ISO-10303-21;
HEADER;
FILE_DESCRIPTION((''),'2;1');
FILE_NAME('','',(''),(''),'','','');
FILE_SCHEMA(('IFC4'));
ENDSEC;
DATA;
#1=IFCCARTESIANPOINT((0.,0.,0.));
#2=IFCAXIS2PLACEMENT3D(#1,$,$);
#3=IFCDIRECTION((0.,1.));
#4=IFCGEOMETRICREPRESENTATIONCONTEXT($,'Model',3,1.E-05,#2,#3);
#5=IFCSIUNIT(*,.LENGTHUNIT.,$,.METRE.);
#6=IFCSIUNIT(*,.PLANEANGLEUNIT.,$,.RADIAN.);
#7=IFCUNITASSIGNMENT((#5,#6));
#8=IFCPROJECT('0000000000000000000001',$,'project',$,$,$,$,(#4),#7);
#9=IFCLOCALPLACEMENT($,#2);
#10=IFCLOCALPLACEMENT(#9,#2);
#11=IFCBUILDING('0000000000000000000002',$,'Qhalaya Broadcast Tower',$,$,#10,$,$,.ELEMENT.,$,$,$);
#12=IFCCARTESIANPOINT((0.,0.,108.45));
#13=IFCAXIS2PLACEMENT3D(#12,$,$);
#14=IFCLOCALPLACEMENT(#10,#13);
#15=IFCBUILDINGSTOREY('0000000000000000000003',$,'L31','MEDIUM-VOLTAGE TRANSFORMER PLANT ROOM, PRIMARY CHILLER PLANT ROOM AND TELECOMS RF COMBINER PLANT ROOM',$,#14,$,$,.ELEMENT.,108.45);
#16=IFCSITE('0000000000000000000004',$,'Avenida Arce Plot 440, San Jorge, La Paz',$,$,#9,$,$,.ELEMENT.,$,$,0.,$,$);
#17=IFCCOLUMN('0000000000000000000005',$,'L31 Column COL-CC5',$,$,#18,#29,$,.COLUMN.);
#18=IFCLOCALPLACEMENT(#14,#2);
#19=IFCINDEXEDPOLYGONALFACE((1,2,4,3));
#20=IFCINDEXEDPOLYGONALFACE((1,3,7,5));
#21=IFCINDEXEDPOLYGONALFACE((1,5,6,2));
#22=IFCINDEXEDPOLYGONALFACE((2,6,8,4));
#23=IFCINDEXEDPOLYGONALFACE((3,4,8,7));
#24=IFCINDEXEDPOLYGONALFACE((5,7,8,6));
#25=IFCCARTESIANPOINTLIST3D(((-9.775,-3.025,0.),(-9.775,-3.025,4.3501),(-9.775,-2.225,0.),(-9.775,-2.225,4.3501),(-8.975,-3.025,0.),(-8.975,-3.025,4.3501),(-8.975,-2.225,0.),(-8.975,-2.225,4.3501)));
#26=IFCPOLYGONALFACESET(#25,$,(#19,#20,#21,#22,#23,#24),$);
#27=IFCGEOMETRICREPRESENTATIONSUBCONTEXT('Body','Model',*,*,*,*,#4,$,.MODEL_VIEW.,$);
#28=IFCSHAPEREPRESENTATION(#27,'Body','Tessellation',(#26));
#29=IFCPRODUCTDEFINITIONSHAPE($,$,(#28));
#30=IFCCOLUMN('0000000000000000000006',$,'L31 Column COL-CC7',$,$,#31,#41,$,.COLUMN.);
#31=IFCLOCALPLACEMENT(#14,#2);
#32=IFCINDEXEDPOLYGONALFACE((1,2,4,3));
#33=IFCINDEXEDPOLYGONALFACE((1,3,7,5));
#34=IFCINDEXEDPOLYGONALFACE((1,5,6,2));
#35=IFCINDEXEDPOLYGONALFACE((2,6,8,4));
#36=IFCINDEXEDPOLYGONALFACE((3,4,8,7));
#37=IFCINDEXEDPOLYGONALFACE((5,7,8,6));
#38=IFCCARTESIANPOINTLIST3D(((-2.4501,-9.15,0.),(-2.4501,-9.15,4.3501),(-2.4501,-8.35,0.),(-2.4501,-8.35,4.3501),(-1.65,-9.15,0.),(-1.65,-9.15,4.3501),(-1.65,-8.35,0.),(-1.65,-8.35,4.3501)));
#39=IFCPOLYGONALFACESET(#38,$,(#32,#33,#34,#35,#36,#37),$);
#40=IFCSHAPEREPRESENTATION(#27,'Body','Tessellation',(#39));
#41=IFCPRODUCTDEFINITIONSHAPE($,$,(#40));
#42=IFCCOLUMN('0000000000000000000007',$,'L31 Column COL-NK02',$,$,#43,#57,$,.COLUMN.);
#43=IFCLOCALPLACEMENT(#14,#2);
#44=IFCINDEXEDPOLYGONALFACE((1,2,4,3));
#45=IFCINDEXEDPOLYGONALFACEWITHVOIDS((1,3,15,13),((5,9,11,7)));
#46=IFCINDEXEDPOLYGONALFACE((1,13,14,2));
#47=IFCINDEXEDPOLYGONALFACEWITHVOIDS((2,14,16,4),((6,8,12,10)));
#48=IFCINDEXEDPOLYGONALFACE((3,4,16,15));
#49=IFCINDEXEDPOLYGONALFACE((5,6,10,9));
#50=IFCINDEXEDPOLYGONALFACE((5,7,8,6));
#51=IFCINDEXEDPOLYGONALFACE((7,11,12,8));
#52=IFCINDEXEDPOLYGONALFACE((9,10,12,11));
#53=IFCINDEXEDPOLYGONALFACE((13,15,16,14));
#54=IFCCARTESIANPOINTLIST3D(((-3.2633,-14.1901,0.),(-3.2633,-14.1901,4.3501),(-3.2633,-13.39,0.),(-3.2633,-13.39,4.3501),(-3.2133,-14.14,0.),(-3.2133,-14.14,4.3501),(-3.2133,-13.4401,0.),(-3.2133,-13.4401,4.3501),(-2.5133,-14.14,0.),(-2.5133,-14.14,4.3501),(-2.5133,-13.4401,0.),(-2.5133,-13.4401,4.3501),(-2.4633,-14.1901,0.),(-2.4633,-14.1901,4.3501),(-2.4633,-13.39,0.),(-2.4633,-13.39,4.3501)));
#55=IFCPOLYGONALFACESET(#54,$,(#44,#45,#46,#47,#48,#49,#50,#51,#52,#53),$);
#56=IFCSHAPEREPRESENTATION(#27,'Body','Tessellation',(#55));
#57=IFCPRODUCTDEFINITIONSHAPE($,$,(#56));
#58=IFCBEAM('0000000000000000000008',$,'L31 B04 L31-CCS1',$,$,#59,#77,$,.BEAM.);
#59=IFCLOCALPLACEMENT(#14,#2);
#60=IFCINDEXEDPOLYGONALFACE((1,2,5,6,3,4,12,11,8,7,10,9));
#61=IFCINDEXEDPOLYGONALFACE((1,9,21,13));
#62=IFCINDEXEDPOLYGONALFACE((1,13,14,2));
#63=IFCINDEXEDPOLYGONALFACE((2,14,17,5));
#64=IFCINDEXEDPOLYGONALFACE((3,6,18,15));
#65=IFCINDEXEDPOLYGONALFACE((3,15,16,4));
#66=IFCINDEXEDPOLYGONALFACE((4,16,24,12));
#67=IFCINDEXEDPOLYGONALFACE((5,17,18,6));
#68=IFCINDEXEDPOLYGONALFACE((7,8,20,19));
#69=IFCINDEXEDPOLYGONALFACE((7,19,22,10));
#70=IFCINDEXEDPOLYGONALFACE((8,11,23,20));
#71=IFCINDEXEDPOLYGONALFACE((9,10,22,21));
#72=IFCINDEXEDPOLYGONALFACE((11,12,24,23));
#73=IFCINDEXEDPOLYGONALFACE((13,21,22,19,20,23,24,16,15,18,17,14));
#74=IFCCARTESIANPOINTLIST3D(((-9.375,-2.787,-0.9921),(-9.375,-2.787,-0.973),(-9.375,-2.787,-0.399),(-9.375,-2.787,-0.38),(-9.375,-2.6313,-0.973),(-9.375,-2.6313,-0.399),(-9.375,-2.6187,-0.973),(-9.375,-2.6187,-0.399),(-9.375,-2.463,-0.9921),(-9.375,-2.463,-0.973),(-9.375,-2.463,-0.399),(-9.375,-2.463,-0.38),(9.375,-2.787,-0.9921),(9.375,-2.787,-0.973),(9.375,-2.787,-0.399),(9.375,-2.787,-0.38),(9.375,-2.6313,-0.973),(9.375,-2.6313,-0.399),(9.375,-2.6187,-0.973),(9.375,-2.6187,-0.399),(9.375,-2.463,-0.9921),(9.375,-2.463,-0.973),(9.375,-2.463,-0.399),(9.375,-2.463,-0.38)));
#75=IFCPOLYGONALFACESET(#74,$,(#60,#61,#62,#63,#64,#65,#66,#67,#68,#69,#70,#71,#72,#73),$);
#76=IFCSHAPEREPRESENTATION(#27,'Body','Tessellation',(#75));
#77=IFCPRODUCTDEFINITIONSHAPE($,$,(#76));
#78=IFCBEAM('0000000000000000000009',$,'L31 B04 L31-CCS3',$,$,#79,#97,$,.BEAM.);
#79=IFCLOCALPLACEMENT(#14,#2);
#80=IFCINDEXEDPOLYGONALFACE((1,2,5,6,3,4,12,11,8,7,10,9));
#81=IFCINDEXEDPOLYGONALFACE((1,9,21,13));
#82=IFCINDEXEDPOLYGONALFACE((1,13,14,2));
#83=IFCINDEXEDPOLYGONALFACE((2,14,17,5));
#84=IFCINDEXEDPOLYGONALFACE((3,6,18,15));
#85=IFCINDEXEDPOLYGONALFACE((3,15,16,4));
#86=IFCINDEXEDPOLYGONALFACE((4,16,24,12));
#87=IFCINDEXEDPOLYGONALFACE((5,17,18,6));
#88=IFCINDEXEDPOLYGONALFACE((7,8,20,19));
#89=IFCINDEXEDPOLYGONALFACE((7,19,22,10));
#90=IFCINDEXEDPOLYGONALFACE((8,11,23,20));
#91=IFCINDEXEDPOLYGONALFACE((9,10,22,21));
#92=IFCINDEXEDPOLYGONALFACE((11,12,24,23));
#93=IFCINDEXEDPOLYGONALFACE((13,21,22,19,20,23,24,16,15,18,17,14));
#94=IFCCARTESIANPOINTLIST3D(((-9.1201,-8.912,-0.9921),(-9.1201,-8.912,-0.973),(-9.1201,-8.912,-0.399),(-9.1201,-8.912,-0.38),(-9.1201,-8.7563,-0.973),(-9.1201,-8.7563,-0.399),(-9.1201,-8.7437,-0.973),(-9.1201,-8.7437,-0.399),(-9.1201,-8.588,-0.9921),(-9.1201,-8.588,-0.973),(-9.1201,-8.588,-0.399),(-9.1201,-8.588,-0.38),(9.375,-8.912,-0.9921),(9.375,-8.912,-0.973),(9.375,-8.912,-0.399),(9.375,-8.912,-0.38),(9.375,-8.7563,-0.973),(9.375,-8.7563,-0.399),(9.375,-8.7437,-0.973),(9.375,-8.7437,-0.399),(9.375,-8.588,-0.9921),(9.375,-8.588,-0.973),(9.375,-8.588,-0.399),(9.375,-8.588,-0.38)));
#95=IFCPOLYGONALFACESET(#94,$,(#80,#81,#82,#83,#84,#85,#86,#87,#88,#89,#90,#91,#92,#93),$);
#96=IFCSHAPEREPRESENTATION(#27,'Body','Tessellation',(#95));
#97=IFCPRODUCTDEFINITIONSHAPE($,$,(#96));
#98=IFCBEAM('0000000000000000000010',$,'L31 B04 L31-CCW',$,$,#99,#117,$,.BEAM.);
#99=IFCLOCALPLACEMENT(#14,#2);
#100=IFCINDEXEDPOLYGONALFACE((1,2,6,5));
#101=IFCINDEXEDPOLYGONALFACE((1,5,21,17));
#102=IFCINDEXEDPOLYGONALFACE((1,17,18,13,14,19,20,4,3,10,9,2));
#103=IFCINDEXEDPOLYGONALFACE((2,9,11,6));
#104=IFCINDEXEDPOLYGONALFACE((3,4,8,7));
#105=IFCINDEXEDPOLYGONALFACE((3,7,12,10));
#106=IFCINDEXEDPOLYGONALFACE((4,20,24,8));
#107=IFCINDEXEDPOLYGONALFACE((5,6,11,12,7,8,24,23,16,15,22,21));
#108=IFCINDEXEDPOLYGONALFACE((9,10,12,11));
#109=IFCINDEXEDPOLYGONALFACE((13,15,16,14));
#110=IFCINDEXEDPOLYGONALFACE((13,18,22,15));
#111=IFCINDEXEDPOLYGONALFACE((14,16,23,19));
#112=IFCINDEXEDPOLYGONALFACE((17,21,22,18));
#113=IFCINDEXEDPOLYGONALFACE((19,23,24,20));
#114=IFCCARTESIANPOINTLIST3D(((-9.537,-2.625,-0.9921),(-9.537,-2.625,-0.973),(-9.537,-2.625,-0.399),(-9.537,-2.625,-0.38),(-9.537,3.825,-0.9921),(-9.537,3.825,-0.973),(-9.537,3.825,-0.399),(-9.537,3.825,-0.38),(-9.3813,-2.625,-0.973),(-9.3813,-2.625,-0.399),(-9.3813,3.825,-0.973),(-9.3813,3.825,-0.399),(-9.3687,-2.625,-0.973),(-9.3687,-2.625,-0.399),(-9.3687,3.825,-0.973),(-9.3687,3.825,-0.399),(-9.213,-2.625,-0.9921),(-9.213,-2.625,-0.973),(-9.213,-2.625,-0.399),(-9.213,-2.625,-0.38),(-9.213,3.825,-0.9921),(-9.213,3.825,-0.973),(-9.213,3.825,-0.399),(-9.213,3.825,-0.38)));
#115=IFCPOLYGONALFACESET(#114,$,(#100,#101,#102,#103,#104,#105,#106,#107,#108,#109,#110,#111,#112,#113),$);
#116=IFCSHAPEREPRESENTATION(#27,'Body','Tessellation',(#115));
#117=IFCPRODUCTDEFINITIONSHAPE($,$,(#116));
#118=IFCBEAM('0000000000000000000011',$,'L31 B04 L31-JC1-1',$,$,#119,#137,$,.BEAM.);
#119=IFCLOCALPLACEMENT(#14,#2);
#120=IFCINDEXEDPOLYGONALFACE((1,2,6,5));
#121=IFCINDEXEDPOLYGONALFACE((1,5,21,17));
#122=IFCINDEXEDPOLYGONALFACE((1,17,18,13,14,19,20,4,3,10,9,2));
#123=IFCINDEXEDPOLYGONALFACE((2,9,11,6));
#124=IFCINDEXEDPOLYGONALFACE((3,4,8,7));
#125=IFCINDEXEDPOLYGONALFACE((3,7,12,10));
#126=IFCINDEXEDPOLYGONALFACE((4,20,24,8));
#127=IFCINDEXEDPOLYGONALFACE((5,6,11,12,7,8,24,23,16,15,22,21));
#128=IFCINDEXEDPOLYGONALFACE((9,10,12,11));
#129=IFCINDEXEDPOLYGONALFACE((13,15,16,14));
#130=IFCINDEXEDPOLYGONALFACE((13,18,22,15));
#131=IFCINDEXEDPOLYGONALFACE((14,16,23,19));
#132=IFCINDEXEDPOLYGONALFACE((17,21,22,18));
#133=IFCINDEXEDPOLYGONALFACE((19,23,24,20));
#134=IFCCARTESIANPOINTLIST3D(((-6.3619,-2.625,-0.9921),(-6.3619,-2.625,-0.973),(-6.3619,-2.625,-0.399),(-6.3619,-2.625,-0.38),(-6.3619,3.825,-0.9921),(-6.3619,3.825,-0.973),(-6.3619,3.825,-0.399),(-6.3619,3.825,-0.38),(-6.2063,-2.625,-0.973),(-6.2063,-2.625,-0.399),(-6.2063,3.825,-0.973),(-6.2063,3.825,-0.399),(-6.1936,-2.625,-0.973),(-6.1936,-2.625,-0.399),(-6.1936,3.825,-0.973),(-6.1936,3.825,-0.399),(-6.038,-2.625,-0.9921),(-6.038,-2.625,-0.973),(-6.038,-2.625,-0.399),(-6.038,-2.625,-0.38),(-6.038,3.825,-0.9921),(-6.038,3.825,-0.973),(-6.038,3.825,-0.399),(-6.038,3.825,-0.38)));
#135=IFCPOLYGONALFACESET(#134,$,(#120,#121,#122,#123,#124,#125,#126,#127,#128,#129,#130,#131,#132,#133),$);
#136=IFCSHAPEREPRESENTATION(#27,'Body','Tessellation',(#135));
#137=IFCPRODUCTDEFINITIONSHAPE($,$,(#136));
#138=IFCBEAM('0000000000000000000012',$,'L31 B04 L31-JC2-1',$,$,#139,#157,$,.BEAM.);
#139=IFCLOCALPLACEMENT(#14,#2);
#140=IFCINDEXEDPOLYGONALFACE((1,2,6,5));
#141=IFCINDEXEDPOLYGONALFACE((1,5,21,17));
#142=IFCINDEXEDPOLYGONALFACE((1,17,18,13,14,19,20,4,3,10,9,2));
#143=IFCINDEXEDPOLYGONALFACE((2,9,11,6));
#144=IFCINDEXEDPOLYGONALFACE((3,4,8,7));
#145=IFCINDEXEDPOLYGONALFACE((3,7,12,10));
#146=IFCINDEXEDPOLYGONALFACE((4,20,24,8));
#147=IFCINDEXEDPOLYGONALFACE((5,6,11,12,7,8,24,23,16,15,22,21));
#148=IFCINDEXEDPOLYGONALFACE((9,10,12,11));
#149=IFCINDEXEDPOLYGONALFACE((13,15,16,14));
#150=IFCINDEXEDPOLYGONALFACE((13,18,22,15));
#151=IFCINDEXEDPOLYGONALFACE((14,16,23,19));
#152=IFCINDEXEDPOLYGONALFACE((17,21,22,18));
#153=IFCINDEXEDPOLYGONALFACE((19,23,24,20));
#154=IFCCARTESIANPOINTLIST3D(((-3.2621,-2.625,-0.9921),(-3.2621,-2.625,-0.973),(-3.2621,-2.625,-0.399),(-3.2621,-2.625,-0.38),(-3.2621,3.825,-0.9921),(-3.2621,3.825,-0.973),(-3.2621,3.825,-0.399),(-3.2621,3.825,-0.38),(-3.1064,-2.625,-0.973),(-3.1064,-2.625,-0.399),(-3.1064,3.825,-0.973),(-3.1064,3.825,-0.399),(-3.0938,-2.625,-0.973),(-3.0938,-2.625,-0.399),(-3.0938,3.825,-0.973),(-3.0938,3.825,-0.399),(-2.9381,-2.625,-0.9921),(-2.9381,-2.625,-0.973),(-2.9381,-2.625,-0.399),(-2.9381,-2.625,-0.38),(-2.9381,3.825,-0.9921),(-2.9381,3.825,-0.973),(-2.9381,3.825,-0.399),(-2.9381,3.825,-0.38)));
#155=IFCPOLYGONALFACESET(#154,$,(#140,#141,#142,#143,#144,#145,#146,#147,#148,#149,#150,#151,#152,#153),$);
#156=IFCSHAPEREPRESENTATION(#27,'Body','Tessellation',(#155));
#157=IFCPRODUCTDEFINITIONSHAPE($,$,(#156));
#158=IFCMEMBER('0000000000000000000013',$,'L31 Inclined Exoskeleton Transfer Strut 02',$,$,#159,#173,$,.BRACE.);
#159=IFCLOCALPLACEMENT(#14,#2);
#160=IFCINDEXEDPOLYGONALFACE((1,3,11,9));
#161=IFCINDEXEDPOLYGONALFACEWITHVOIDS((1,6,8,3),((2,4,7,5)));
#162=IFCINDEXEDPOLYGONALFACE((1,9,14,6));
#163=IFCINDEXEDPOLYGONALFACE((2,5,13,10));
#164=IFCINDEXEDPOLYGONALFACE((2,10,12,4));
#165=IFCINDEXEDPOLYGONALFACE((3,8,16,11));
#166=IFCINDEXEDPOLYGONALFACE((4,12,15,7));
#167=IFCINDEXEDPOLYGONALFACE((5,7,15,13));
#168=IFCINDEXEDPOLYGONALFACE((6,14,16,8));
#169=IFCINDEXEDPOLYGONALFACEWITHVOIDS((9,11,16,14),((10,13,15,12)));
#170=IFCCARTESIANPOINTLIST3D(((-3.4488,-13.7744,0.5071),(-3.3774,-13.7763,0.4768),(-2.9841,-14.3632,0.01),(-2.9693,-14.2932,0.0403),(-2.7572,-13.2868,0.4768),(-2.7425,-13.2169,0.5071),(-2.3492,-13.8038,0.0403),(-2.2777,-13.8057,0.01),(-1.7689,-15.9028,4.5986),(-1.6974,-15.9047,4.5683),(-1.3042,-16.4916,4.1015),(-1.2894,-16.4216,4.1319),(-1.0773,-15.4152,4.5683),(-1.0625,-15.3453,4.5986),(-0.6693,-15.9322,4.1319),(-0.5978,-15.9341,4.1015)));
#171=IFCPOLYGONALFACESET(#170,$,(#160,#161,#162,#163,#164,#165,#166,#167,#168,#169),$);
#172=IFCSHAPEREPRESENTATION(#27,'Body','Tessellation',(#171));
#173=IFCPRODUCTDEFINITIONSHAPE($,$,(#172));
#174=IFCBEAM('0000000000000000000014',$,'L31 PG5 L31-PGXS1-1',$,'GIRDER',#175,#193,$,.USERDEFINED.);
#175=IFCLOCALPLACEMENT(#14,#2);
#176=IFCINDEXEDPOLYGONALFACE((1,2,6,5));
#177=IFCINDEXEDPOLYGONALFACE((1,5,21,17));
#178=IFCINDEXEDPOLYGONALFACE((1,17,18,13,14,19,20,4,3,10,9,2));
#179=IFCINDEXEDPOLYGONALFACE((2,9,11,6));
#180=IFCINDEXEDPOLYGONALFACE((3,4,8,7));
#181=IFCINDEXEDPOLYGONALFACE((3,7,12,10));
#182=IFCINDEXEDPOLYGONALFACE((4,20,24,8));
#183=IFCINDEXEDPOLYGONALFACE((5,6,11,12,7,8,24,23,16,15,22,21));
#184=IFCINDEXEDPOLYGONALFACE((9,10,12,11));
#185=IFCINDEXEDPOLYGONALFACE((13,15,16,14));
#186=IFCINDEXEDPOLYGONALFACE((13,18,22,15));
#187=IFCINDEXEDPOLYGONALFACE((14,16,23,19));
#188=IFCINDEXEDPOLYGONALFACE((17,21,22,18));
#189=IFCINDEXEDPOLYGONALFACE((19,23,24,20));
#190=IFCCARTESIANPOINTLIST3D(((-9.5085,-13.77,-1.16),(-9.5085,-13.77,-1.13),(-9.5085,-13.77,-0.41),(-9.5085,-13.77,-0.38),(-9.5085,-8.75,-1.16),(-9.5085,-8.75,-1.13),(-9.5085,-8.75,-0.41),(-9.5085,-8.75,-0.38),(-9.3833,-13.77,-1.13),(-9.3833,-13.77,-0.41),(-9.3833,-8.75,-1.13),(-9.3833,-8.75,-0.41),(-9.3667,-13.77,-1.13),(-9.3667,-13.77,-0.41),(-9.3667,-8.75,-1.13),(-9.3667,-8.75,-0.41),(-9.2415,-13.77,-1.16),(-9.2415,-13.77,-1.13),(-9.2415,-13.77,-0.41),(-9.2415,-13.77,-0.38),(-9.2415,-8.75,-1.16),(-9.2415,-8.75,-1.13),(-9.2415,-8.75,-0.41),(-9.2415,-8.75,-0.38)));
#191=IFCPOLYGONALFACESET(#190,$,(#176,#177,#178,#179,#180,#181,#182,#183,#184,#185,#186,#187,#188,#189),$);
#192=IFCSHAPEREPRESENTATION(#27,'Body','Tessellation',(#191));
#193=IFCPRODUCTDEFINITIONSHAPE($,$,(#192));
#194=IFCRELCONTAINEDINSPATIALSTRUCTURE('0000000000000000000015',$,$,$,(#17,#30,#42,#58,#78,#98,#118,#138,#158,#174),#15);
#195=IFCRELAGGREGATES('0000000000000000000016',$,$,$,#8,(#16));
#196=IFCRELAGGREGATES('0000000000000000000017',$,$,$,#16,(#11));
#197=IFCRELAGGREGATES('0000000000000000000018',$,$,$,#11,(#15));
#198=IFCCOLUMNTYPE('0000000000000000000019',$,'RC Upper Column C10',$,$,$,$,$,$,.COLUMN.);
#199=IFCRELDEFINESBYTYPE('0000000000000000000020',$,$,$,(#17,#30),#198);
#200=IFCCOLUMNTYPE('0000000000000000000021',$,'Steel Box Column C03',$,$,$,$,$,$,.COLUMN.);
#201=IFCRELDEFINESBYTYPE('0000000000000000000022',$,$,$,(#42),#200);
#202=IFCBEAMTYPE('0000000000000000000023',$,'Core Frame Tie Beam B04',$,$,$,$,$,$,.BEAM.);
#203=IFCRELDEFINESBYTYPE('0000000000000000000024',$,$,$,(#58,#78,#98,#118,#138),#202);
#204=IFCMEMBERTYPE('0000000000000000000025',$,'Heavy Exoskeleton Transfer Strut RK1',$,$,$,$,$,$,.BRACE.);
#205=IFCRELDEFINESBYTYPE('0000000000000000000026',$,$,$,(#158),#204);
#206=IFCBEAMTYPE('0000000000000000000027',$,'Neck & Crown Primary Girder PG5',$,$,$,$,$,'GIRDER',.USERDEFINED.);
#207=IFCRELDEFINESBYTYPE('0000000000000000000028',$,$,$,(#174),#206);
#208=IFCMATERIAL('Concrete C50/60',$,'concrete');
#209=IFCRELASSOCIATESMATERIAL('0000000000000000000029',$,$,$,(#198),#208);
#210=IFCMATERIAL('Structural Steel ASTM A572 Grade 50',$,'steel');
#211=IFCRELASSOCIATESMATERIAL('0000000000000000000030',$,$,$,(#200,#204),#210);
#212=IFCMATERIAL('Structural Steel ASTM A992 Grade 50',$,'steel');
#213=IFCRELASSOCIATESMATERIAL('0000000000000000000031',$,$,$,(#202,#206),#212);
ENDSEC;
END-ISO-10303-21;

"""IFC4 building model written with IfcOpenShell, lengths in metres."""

from ifc_helpers import new_model, si_unit, direction, frame, origin, origin_2d, place, context, subcontext, project, spatial, rectangle, hollow_rectangle, i_section, extrude, material, material_profile, profile_set, type_object, element, save


model = new_model("IFC4")

# Units and contexts
model_context = context("Model", 3, precision=1e-05, world=origin(), true_north=direction((0.0, 1.0)))
body_context = subcontext(model_context, "Body", "Model", "MODEL_VIEW")
ifc_project = project(units=[si_unit("LENGTHUNIT", "METRE"), si_unit("PLANEANGLEUNIT", "RADIAN")], contexts=[model_context])

# Site, building, storey
site_placement = place(None, origin())
site = spatial("IfcSite", under=ifc_project, at=site_placement, Name="Avenida Arce Plot 440, San Jorge, La Paz", CompositionType="ELEMENT", RefElevation=0.0)
building_placement = place(site_placement, origin())
building = spatial("IfcBuilding", under=site, at=building_placement, Name="Qhalaya Broadcast Tower", CompositionType="ELEMENT")
storey_placement = place(building_placement, frame((0.0, 0.0, 108.45)))
storey = spatial("IfcBuildingStorey", under=building, at=storey_placement, Name="L31", Description="MEDIUM-VOLTAGE TRANSFORMER PLANT ROOM, PRIMARY CHILLER PLANT ROOM AND TELECOMS RF COMBINER PLANT ROOM", CompositionType="ELEMENT", Elevation=108.45)

# Columns
ifc_material_1 = material(Name="Concrete C50/60", Category="concrete")
ifc_material_profile_1 = material_profile(ifc_material_1, rectangle(XDim=0.8, YDim=0.8, at=origin_2d()), Name="RC-COL 800x800")
ifc_profile_set_1 = profile_set([ifc_material_profile_1], Name="Concrete C50/60")
column_type_1 = type_object("IfcColumnType", Name="RC Upper Column C10", PredefinedType="COLUMN", material=ifc_profile_set_1)
for number, where, z_axis, x_axis, name in (
    (1, (-9.375, -2.625, 0.0), (0.0, 0.0, 1.0), (1.0, 0.0, 0.0), "L31 Column COL-CC5"),
    (2, (-2.05, -8.75, 0.0), (0.0, 0.0, 1.0), (1.0, 0.0, 0.0), "L31 Column COL-CC7"),
):
    element("IfcColumn", number, at=place(storey_placement, frame(where, z_axis=z_axis, x_axis=x_axis)), inside=storey, type_object=column_type_1, Name=name, PredefinedType="COLUMN", context=body_context, shape_type="SweptSolid", body=[
        extrude(rectangle(XDim=0.8, YDim=0.8, at=origin_2d()), origin(), (0.0, 0.0, 1.0), 4.3501),
    ])
ifc_material_2 = material(Name="Structural Steel ASTM A572 Grade 50", Category="steel")
ifc_material_profile_2 = material_profile(ifc_material_2, hollow_rectangle(XDim=0.8, YDim=0.8, WallThickness=0.05, at=origin_2d()), Name="BOX 800x800x50")
ifc_profile_set_2 = profile_set([ifc_material_profile_2], Name="Structural Steel ASTM A572 Grade 50")
column_type_2 = type_object("IfcColumnType", Name="Steel Box Column C03", PredefinedType="COLUMN", material=ifc_profile_set_2)
column_placement = place(storey_placement, frame((-2.8633, -13.79, 0.0), z_axis=(0.0, 0.0, 1.0), x_axis=(1.0, 0.0, 0.0)))
element("IfcColumn", 3, at=column_placement, inside=storey, type_object=column_type_2, Name="L31 Column COL-NK02", PredefinedType="COLUMN", context=body_context, shape_type="SweptSolid", body=[
    extrude(hollow_rectangle(XDim=0.8, YDim=0.8, WallThickness=0.05, at=origin_2d()), origin(), (0.0, 0.0, 1.0), 4.3501),
])

# Beams
ifc_material_3 = material(Name="Structural Steel ASTM A992 Grade 50", Category="steel")
ifc_material_profile_3 = material_profile(ifc_material_3, i_section(OverallWidth=0.324, OverallDepth=0.6121, WebThickness=0.0127, FlangeThickness=0.019, at=origin_2d()), Name="W24X104")
ifc_profile_set_3 = profile_set([ifc_material_profile_3], Name="Structural Steel ASTM A992 Grade 50")
beam_type_1 = type_object("IfcBeamType", Name="Core Frame Tie Beam B04", PredefinedType="BEAM", material=ifc_profile_set_3)
beam_1_placement = place(storey_placement, frame((-9.375, -2.625, -0.686), z_axis=(1.0, 0.0, 0.0), x_axis=(0.0, 1.0, 0.0)))
element("IfcBeam", 4, at=beam_1_placement, inside=storey, type_object=beam_type_1, Name="L31 B04 L31-CCS1", PredefinedType="BEAM", context=body_context, shape_type="SweptSolid", body=[
    extrude(i_section(OverallWidth=0.324, OverallDepth=0.6121, WebThickness=0.0127, FlangeThickness=0.019, at=origin_2d()), origin(), (0.0, 0.0, 1.0), 18.75),
])
beam_2_placement = place(storey_placement, frame((-9.1201, -8.75, -0.686), z_axis=(1.0, 0.0, 0.0), x_axis=(0.0, 1.0, 0.0)))
element("IfcBeam", 5, at=beam_2_placement, inside=storey, type_object=beam_type_1, Name="L31 B04 L31-CCS3", PredefinedType="BEAM", context=body_context, shape_type="SweptSolid", body=[
    extrude(i_section(OverallWidth=0.324, OverallDepth=0.6121, WebThickness=0.0127, FlangeThickness=0.019, at=origin_2d()), origin(), (0.0, 0.0, 1.0), 18.4951),
])
for number, where, z_axis, x_axis, name in (
    (6, (-9.375, -2.625, -0.686), (0.0, 1.0, 0.0), (-1.0, 0.0, 0.0), "L31 B04 L31-CCW"),
    (7, (-6.2, -2.625, -0.686), (0.0, 1.0, 0.0), (-1.0, 0.0, 0.0), "L31 B04 L31-JC1-1"),
    (8, (-3.1001, -2.625, -0.686), (0.0, 1.0, 0.0), (-1.0, 0.0, 0.0), "L31 B04 L31-JC2-1"),
):
    element("IfcBeam", number, at=place(storey_placement, frame(where, z_axis=z_axis, x_axis=x_axis)), inside=storey, type_object=beam_type_1, Name=name, PredefinedType="BEAM", context=body_context, shape_type="SweptSolid", body=[
        extrude(i_section(OverallWidth=0.324, OverallDepth=0.6121, WebThickness=0.0127, FlangeThickness=0.019, at=origin_2d()), origin(), (0.0, 0.0, 1.0), 6.45),
    ])

# Member
ifc_material_profile_4 = material_profile(ifc_material_2, hollow_rectangle(XDim=0.8999, YDim=0.8999, WallThickness=0.0549, at=origin_2d()), Name="BOX 900x900x55")
ifc_profile_set_4 = profile_set([ifc_material_profile_4], Name="Structural Steel ASTM A572 Grade 50")
member_type = type_object("IfcMemberType", Name="Heavy Exoskeleton Transfer Strut RK1", PredefinedType="BRACE", material=ifc_profile_set_4)
member_placement = place(storey_placement, frame((-2.8633, -13.79, 0.2585), z_axis=(0.342251, -0.433621, 0.833569), x_axis=(0.784954, 0.619554, 0.0)))
element("IfcMember", 9, at=member_placement, inside=storey, type_object=member_type, Name="L31 Inclined Exoskeleton Transfer Strut 02", PredefinedType="BRACE", context=body_context, shape_type="SweptSolid", body=[
    extrude(hollow_rectangle(XDim=0.8999, YDim=0.8999, WallThickness=0.0549, at=origin_2d()), origin(), (0.0, 0.0, 1.0), 4.9084),
])

# Beam
ifc_material_profile_5 = material_profile(ifc_material_3, i_section(OverallWidth=0.2671, OverallDepth=0.78, WebThickness=0.0166, FlangeThickness=0.03, at=origin_2d()), Name="W30X148")
ifc_profile_set_5 = profile_set([ifc_material_profile_5], Name="Structural Steel ASTM A992 Grade 50")
beam_type_2 = type_object("IfcBeamType", Name="Neck & Crown Primary Girder PG5", ElementType="GIRDER", PredefinedType="USERDEFINED", material=ifc_profile_set_5)
beam_3_placement = place(storey_placement, frame((-9.375, -13.77, -0.77), z_axis=(0.0, 1.0, 0.0), x_axis=(-1.0, 0.0, 0.0)))
element("IfcBeam", 10, at=beam_3_placement, inside=storey, type_object=beam_type_2, Name="L31 PG5 L31-PGXS1-1", ObjectType="GIRDER", PredefinedType="USERDEFINED", context=body_context, shape_type="SweptSolid", body=[
    extrude(i_section(OverallWidth=0.2671, OverallDepth=0.78, WebThickness=0.0166, FlangeThickness=0.03, at=origin_2d()), origin(), (0.0, 0.0, 1.0), 5.02),
])

save(model, "model.ifc")
